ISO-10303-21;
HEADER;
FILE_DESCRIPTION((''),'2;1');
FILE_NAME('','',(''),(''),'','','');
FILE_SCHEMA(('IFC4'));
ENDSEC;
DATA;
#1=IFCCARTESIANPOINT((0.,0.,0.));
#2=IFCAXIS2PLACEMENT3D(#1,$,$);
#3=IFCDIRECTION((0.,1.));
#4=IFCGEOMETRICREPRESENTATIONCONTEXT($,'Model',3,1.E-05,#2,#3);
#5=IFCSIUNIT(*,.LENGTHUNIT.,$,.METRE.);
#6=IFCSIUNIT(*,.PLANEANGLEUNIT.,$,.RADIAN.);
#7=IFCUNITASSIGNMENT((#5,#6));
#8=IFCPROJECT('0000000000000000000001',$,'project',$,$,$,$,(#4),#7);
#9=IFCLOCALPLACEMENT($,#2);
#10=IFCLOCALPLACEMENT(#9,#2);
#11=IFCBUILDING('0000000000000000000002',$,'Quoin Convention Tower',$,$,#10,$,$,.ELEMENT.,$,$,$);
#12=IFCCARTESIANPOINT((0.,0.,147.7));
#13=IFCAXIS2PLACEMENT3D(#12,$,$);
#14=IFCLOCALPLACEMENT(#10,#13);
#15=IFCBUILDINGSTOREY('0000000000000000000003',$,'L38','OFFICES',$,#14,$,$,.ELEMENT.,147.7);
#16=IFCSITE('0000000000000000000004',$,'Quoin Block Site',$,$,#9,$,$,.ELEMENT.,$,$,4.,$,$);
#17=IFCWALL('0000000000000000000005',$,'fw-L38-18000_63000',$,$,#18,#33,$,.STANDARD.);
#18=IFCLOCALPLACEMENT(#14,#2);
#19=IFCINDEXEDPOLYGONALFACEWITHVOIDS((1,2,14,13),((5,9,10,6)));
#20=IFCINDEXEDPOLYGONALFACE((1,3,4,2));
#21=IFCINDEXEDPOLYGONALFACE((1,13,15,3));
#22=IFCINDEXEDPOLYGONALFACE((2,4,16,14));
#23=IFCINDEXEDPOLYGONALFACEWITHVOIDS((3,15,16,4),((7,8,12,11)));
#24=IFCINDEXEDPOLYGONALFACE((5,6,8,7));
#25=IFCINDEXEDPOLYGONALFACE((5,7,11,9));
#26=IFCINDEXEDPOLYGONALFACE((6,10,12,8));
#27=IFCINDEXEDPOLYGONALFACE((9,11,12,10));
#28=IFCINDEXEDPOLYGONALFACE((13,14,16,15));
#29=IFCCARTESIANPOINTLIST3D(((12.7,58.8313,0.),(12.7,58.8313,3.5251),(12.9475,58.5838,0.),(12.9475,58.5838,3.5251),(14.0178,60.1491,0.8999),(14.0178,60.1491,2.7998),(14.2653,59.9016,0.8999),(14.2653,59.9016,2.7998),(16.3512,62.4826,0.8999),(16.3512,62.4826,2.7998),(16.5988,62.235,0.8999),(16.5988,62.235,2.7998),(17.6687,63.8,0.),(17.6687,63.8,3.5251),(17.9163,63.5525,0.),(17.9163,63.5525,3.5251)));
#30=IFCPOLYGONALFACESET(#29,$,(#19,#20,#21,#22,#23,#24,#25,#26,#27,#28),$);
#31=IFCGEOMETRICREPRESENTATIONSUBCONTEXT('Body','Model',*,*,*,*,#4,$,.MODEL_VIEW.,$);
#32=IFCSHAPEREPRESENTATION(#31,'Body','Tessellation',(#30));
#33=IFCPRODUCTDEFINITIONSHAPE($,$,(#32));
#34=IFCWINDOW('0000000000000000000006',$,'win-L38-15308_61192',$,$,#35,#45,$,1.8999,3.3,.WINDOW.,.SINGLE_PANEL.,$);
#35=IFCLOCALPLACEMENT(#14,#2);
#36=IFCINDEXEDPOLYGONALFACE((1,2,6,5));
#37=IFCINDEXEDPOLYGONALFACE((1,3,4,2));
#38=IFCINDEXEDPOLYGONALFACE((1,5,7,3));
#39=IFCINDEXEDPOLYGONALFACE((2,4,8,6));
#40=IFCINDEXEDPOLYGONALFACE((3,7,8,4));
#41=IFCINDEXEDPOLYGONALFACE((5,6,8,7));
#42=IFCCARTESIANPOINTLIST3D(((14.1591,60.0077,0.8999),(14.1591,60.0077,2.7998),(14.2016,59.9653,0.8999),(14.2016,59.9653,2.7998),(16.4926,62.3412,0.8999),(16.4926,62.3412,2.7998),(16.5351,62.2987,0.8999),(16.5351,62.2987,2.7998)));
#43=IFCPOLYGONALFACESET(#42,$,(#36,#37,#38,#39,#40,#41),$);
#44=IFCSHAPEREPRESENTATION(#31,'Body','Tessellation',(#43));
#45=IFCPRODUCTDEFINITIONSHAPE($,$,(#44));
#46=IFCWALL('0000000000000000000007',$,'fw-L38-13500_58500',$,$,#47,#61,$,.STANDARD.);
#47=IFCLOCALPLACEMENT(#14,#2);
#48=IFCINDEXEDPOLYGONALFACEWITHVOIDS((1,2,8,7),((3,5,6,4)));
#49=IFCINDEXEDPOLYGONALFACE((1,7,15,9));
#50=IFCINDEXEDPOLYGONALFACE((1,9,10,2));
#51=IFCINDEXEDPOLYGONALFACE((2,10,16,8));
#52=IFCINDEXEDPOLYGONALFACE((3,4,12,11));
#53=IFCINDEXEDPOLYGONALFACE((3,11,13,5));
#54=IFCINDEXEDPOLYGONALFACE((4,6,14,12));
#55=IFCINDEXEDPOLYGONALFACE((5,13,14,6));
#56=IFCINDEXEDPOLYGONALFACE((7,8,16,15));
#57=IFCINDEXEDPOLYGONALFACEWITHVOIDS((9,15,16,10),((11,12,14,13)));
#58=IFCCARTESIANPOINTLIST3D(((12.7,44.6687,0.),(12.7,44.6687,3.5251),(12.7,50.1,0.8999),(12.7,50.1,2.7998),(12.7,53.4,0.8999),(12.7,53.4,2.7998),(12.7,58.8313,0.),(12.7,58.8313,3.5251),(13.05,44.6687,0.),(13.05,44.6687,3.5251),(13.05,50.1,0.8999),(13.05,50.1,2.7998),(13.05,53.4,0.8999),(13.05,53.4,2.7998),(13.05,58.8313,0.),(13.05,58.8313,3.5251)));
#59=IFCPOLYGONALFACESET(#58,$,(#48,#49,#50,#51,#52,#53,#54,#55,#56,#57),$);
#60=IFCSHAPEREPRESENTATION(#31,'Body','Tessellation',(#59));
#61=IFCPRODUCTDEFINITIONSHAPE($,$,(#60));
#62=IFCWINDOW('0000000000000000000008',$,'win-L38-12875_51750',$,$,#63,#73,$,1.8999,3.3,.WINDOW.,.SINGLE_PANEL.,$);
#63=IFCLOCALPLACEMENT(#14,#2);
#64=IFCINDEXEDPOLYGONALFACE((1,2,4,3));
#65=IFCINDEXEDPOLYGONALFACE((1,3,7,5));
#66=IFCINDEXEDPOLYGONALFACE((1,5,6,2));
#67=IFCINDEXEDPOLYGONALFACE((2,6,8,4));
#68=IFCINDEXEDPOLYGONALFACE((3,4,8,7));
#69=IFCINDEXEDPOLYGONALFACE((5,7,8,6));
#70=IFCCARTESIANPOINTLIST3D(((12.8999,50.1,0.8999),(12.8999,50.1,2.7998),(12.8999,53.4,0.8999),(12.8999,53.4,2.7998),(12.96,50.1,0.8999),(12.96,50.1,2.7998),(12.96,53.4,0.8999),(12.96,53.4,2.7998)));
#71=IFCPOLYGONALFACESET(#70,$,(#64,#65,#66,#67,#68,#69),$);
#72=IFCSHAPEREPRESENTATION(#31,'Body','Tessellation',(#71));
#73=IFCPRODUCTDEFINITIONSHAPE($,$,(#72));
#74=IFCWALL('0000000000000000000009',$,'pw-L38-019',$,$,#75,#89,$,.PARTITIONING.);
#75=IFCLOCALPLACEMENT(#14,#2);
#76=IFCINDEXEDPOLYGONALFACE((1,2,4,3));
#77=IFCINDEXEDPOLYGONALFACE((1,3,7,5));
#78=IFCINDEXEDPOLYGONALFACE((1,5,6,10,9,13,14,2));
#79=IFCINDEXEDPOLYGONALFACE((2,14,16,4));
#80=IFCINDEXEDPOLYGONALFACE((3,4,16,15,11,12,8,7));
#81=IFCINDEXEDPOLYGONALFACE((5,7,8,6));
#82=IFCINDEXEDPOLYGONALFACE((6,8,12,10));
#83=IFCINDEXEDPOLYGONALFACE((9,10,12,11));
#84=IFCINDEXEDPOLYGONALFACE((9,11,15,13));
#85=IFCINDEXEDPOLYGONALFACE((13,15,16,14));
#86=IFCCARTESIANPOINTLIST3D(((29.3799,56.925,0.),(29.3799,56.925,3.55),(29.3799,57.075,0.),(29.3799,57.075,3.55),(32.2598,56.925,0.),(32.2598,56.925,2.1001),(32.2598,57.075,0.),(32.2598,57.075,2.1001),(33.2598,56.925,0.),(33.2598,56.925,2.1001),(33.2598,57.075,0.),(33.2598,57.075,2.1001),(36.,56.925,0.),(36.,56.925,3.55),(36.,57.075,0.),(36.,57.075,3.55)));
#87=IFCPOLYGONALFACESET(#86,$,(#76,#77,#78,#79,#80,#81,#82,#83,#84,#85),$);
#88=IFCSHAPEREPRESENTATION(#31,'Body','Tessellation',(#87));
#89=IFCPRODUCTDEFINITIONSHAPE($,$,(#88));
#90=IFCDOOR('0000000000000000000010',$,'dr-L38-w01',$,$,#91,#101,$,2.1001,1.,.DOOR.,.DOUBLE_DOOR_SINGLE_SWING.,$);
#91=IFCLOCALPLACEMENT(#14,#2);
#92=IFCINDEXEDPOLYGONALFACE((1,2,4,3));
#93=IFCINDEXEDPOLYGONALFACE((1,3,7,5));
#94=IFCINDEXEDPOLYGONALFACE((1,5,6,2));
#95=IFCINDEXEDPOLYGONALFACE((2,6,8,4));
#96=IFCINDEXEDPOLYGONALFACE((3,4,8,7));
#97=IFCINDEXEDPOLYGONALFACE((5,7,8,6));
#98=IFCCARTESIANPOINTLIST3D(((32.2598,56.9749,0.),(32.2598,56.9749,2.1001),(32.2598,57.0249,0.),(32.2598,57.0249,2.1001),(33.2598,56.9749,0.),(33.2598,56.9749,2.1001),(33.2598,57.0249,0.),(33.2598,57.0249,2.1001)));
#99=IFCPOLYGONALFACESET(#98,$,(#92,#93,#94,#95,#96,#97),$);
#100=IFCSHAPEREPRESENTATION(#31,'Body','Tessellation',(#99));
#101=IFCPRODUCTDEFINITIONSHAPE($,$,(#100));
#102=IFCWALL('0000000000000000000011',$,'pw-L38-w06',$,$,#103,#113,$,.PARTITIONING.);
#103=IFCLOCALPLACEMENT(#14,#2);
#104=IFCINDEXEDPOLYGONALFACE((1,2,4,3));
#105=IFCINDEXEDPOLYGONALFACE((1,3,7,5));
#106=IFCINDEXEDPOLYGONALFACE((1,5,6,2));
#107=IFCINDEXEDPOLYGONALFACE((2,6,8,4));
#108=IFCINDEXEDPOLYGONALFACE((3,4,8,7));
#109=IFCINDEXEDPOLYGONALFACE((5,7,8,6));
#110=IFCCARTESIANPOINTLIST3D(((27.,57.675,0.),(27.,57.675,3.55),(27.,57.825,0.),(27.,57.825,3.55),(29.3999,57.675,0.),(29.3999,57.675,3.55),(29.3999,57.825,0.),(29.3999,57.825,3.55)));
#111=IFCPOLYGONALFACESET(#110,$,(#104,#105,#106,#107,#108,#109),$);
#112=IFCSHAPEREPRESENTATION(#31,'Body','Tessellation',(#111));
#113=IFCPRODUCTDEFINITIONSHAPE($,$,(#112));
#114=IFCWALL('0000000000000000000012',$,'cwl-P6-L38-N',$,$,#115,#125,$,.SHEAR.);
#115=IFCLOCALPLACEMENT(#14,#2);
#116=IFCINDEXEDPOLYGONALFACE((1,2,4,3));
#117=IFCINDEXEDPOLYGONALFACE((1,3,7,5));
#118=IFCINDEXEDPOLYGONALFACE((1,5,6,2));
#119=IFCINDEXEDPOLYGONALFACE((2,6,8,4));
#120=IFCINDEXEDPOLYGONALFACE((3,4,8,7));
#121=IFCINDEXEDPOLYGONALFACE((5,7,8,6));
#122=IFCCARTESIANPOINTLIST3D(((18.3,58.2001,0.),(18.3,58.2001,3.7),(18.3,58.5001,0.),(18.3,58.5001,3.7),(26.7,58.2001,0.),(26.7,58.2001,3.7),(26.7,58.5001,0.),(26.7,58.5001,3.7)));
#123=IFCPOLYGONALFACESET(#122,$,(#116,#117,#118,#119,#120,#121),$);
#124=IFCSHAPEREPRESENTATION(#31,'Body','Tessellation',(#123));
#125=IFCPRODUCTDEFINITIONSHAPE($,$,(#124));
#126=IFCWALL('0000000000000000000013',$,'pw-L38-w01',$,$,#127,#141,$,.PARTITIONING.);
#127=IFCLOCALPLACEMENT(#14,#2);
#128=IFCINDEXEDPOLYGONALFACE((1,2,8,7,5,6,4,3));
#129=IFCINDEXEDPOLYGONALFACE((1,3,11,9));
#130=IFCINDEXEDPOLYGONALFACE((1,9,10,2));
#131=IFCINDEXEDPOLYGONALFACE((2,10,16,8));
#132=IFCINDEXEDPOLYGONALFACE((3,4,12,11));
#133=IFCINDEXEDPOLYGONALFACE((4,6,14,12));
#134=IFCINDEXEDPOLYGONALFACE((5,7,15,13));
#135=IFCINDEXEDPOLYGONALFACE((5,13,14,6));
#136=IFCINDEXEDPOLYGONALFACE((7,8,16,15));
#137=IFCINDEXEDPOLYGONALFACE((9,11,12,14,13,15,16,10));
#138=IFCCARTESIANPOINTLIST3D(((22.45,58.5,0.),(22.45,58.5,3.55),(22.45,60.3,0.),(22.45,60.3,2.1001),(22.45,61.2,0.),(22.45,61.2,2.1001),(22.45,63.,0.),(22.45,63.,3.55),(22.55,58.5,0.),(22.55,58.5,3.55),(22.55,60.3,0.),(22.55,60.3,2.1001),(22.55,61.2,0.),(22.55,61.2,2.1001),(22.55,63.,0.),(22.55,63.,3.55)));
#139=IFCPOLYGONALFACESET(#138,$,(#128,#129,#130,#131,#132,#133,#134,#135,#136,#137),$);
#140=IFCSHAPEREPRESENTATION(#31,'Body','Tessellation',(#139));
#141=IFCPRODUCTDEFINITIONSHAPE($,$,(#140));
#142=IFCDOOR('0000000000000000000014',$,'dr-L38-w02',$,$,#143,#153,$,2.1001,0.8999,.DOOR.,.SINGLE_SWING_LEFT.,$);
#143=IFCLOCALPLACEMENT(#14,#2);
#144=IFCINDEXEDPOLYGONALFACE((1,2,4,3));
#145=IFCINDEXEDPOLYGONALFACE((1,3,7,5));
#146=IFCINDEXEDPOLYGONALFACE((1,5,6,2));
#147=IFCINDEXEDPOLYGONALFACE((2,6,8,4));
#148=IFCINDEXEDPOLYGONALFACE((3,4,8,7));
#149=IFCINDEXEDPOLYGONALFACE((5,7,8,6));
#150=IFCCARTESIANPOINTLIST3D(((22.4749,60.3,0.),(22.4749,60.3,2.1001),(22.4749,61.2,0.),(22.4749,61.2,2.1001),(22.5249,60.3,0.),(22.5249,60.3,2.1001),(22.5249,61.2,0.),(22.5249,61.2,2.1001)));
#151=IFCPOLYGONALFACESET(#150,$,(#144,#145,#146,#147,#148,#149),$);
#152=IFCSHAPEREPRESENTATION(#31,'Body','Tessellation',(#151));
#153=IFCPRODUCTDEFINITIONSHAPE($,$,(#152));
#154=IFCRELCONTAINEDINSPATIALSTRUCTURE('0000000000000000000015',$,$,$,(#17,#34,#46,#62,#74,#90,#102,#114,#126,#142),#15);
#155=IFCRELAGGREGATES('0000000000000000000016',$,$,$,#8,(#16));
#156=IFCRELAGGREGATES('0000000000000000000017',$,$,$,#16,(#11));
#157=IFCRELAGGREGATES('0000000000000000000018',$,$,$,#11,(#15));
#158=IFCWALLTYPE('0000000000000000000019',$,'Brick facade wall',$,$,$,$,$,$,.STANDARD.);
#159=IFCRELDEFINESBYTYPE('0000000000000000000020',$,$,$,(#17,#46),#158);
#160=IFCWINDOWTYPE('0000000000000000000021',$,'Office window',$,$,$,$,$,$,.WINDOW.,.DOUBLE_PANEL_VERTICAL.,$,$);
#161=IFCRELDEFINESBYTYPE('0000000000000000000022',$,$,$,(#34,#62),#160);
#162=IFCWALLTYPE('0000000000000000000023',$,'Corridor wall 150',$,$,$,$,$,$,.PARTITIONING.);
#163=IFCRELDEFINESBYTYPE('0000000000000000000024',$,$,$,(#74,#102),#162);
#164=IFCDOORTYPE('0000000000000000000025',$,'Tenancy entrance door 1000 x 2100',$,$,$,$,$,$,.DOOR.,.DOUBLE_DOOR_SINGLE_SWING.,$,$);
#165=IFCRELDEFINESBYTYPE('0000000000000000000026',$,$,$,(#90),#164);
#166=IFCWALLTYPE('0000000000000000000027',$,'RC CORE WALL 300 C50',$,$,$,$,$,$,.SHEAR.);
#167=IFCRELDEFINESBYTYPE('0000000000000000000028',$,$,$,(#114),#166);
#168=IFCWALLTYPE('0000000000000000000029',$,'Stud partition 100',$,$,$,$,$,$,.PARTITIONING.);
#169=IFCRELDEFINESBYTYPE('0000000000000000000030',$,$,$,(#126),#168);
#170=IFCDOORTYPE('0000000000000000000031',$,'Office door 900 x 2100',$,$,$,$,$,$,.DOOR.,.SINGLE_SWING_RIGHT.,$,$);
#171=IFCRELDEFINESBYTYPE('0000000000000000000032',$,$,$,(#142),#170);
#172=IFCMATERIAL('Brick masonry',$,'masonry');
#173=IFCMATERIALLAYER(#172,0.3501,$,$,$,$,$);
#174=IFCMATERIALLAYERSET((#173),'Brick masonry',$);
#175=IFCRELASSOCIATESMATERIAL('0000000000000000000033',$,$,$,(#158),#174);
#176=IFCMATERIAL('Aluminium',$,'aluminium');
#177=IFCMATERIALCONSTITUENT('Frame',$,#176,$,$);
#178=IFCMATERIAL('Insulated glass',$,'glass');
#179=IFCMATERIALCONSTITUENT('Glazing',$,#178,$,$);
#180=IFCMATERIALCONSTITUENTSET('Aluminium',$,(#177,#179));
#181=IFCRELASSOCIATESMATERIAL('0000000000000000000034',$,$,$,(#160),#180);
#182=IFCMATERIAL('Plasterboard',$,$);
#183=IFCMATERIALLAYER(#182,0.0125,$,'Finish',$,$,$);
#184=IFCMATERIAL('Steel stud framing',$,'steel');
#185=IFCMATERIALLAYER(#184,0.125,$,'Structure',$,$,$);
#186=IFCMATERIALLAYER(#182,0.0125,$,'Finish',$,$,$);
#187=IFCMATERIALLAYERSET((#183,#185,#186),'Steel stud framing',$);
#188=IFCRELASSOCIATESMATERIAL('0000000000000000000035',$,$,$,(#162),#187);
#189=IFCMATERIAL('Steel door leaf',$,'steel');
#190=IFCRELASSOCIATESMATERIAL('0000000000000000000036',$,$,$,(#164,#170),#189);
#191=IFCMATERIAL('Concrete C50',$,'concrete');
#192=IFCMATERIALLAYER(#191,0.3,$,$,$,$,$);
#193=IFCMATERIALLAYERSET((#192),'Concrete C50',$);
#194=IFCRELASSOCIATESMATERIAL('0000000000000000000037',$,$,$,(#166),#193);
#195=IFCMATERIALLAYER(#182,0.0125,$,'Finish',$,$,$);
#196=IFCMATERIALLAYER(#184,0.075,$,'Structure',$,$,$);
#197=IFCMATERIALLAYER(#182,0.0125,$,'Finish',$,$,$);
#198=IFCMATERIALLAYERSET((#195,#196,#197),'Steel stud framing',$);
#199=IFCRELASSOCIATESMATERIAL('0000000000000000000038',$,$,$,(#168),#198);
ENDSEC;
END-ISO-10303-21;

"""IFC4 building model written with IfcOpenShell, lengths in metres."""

from ifc_helpers import new_model, si_unit, direction, frame, frame_2d, origin, place, context, subcontext, project, spatial, rectangle, extrude, material, layer, layer_set, constituent, constituent_set, type_object, element, fill, save


model = new_model("IFC4")

# Units and contexts
model_context = context("Model", 3, precision=1e-05, world=origin(), true_north=direction((0.0, 1.0)))
body_context = subcontext(model_context, "Body", "Model", "MODEL_VIEW")
ifc_project = project(units=[si_unit("LENGTHUNIT", "METRE"), si_unit("PLANEANGLEUNIT", "RADIAN")], contexts=[model_context])

# Site, building, storey
site_placement = place(None, origin())
site = spatial("IfcSite", under=ifc_project, at=site_placement, Name="Quoin Block Site", CompositionType="ELEMENT", RefElevation=4.0)
building_placement = place(site_placement, origin())
building = spatial("IfcBuilding", under=site, at=building_placement, Name="Quoin Convention Tower", CompositionType="ELEMENT")
storey_placement = place(building_placement, frame((0.0, 0.0, 147.7)))
storey = spatial("IfcBuildingStorey", under=building, at=storey_placement, Name="L38", Description="OFFICES", CompositionType="ELEMENT", Elevation=147.7)

# Shared definitions
ifc_material_1 = material(Name="Concrete C50", Category="concrete")

# Walls, openings, windows
ifc_material_2 = material(Name="Brick masonry", Category="masonry")
ifc_layer_1 = layer(ifc_material_2, 0.3501)
ifc_layer_set_1 = layer_set([ifc_layer_1], Name="Brick masonry")
wall_type_1 = type_object("IfcWallType", Name="Brick facade wall", PredefinedType="STANDARD", material=ifc_layer_set_1)
ifc_material_3 = material(Name="Aluminium", Category="aluminium")
ifc_constituent_1 = constituent(ifc_material_3, Name="Frame")
ifc_material_4 = material(Name="Insulated glass", Category="glass")
ifc_constituent_2 = constituent(ifc_material_4, Name="Glazing")
ifc_constituent_set = constituent_set(constituents=[ifc_constituent_1, ifc_constituent_2], Name="Aluminium")
window_type = type_object("IfcWindowType", Name="Office window", PartitioningType="DOUBLE_PANEL_VERTICAL", PredefinedType="WINDOW", material=ifc_constituent_set)
wall_1_placement = place(storey_placement, frame((17.7925, 63.6763, 0.0), z_axis=(0.0, 0.0, 1.0), x_axis=(-0.707107, -0.707107, 0.0)))
wall_1 = element("IfcWall", 1, at=wall_1_placement, inside=storey, type_object=wall_type_1, Name="fw-L38-18000_63000", PredefinedType="STANDARD", context=body_context, shape_type="SweptSolid", body=[
    extrude(rectangle(XDim=7.0269, YDim=0.3501, at=frame_2d((3.5134, 0.0))), origin(), (0.0, 0.0, 1.0), 3.5251),
])
opening_1_placement = place(wall_1_placement, frame((1.8633, 0.0, 0.8999)))
opening_1 = element("IfcOpeningElement", 2, at=opening_1_placement, cuts=wall_1, PredefinedType="OPENING", context=body_context, shape_type="SweptSolid", body=[
    extrude(rectangle(XDim=3.3, YDim=1.8999, at=frame_2d((1.6499, 0.95))), frame((0.0, 0.1851, 0.0), z_axis=(0.0, -1.0, 0.0), x_axis=(1.0, 0.0, 0.0)), (0.0, 0.0, 1.0), 0.3701),
])
window_1_placement = place(opening_1_placement, origin())
window_1 = element("IfcWindow", 3, at=window_1_placement, inside=storey, type_object=window_type, Name="win-L38-15308_61192", OverallHeight=1.8999, OverallWidth=3.3, PartitioningType="SINGLE_PANEL", PredefinedType="WINDOW", context=body_context, shape_type="SweptSolid", body=[
    extrude(rectangle(XDim=3.3, YDim=1.8999, at=frame_2d((1.6499, 0.95))), frame((0.0, 0.085, 0.0), z_axis=(0.0, -1.0, 0.0), x_axis=(1.0, 0.0, 0.0)), (0.0, 0.0, 1.0), 0.0601),
])
fill(opening_1, window_1)
wall_2_placement = place(storey_placement, frame((12.875, 58.8313, 0.0), z_axis=(0.0, 0.0, 1.0), x_axis=(0.0, -1.0, 0.0)))
wall_2 = element("IfcWall", 4, at=wall_2_placement, inside=storey, type_object=wall_type_1, Name="fw-L38-13500_58500", PredefinedType="STANDARD", context=body_context, shape_type="SweptSolid", body=[
    extrude(rectangle(XDim=14.1626, YDim=0.3501, at=frame_2d((7.0813, 0.0))), origin(), (0.0, 0.0, 1.0), 3.5251),
])
opening_2_placement = place(wall_2_placement, frame((5.4314, 0.0, 0.8999)))
opening_2 = element("IfcOpeningElement", 5, at=opening_2_placement, cuts=wall_2, PredefinedType="OPENING", context=body_context, shape_type="SweptSolid", body=[
    extrude(rectangle(XDim=3.3, YDim=1.8999, at=frame_2d((1.6499, 0.95))), frame((0.0, 0.1851, 0.0), z_axis=(0.0, -1.0, 0.0), x_axis=(1.0, 0.0, 0.0)), (0.0, 0.0, 1.0), 0.3701),
])
window_2_placement = place(opening_2_placement, origin())
window_2 = element("IfcWindow", 6, at=window_2_placement, inside=storey, type_object=window_type, Name="win-L38-12875_51750", OverallHeight=1.8999, OverallWidth=3.3, PartitioningType="SINGLE_PANEL", PredefinedType="WINDOW", context=body_context, shape_type="SweptSolid", body=[
    extrude(rectangle(XDim=3.3, YDim=1.8999, at=frame_2d((1.6499, 0.95))), frame((0.0, 0.085, 0.0), z_axis=(0.0, -1.0, 0.0), x_axis=(1.0, 0.0, 0.0)), (0.0, 0.0, 1.0), 0.0601),
])
fill(opening_2, window_2)

# Wall, opening, door
ifc_material_5 = material(Name="Plasterboard")
ifc_layer_2 = layer(ifc_material_5, 0.0125, Name="Finish")
ifc_material_6 = material(Name="Steel stud framing", Category="steel")
ifc_layer_3 = layer(ifc_material_6, 0.125, Name="Structure")
ifc_layer_4 = layer(ifc_material_5, 0.0125, Name="Finish")
ifc_layer_set_2 = layer_set([ifc_layer_2, ifc_layer_3, ifc_layer_4], Name="Steel stud framing")
wall_type_2 = type_object("IfcWallType", Name="Corridor wall 150", PredefinedType="PARTITIONING", material=ifc_layer_set_2)
wall_3_placement = place(storey_placement, frame((29.3799, 57.0, 0.0), z_axis=(0.0, 0.0, 1.0), x_axis=(1.0, 0.0, 0.0)))
wall_3 = element("IfcWall", 7, at=wall_3_placement, inside=storey, type_object=wall_type_2, Name="pw-L38-019", PredefinedType="PARTITIONING", context=body_context, shape_type="SweptSolid", body=[
    extrude(rectangle(XDim=6.6201, YDim=0.1499, at=frame_2d((3.3101, 0.0))), origin(), (0.0, 0.0, 1.0), 3.55),
])
opening_3_placement = place(wall_3_placement, frame((2.8799, 0.0, 0.0)))
opening_3 = element("IfcOpeningElement", 8, at=opening_3_placement, cuts=wall_3, PredefinedType="OPENING", context=body_context, shape_type="SweptSolid", body=[
    extrude(rectangle(XDim=1.0, YDim=2.1001, at=frame_2d((0.5, 1.05))), frame((0.0, 0.085, 0.0), z_axis=(0.0, -1.0, 0.0), x_axis=(1.0, 0.0, 0.0)), (0.0, 0.0, 1.0), 0.1699),
])
ifc_material_7 = material(Name="Steel door leaf", Category="steel")
door_type_1 = type_object("IfcDoorType", Name="Tenancy entrance door 1000 x 2100", OperationType="DOUBLE_DOOR_SINGLE_SWING", PredefinedType="DOOR", material=ifc_material_7)
door_1_placement = place(opening_3_placement, origin())
door_1 = element("IfcDoor", 9, at=door_1_placement, inside=storey, type_object=door_type_1, Name="dr-L38-w01", OperationType="DOUBLE_DOOR_SINGLE_SWING", OverallHeight=2.1001, OverallWidth=1.0, PredefinedType="DOOR", context=body_context, shape_type="SweptSolid", body=[
    extrude(rectangle(XDim=1.0, YDim=2.1001, at=frame_2d((0.5, 1.05))), frame((0.0, 0.0249, 0.0), z_axis=(0.0, -1.0, 0.0), x_axis=(1.0, 0.0, 0.0)), (0.0, 0.0, 1.0), 0.05),
])
fill(opening_3, door_1)

# Walls
wall_4_placement = place(storey_placement, frame((27.0, 57.75, 0.0), z_axis=(0.0, 0.0, 1.0), x_axis=(1.0, 0.0, 0.0)))
element("IfcWall", 10, at=wall_4_placement, inside=storey, type_object=wall_type_2, Name="pw-L38-w06", PredefinedType="PARTITIONING", context=body_context, shape_type="SweptSolid", body=[
    extrude(rectangle(XDim=2.3999, YDim=0.1499, at=frame_2d((1.2, 0.0))), origin(), (0.0, 0.0, 1.0), 3.55),
])
ifc_layer_5 = layer(ifc_material_1, 0.3)
ifc_layer_set_3 = layer_set([ifc_layer_5], Name="Concrete C50")
wall_type_3 = type_object("IfcWallType", Name="RC CORE WALL 300 C50", PredefinedType="SHEAR", material=ifc_layer_set_3)
wall_5_placement = place(storey_placement, frame((18.3, 58.3501, 0.0), z_axis=(0.0, 0.0, 1.0), x_axis=(1.0, 0.0, 0.0)))
element("IfcWall", 11, at=wall_5_placement, inside=storey, type_object=wall_type_3, Name="cwl-P6-L38-N", PredefinedType="SHEAR", context=body_context, shape_type="SweptSolid", body=[
    extrude(rectangle(XDim=8.3999, YDim=0.3, at=frame_2d((4.2, 0.0))), origin(), (0.0, 0.0, 1.0), 3.7),
])

# Wall, opening, door
ifc_layer_6 = layer(ifc_material_5, 0.0125, Name="Finish")
ifc_layer_7 = layer(ifc_material_6, 0.075, Name="Structure")
ifc_layer_8 = layer(ifc_material_5, 0.0125, Name="Finish")
ifc_layer_set_4 = layer_set([ifc_layer_6, ifc_layer_7, ifc_layer_8], Name="Steel stud framing")
wall_type_4 = type_object("IfcWallType", Name="Stud partition 100", PredefinedType="PARTITIONING", material=ifc_layer_set_4)
wall_6_placement = place(storey_placement, frame((22.5, 63.0, 0.0), z_axis=(0.0, 0.0, 1.0), x_axis=(0.0, -1.0, 0.0)))
wall_6 = element("IfcWall", 12, at=wall_6_placement, inside=storey, type_object=wall_type_4, Name="pw-L38-w01", PredefinedType="PARTITIONING", context=body_context, shape_type="SweptSolid", body=[
    extrude(rectangle(XDim=4.5, YDim=0.1001, at=frame_2d((2.25, 0.0))), origin(), (0.0, 0.0, 1.0), 3.55),
])
opening_4_placement = place(wall_6_placement, frame((1.8, 0.0, 0.0)))
opening_4 = element("IfcOpeningElement", 13, at=opening_4_placement, cuts=wall_6, PredefinedType="OPENING", context=body_context, shape_type="SweptSolid", body=[
    extrude(rectangle(XDim=0.8999, YDim=2.1001, at=frame_2d((0.45, 1.05))), frame((0.0, 0.0601, 0.0), z_axis=(0.0, -1.0, 0.0), x_axis=(1.0, 0.0, 0.0)), (0.0, 0.0, 1.0), 0.1201),
])
door_type_2 = type_object("IfcDoorType", Name="Office door 900 x 2100", OperationType="SINGLE_SWING_RIGHT", PredefinedType="DOOR", material=ifc_material_7)
door_2_placement = place(opening_4_placement, origin())
door_2 = element("IfcDoor", 14, at=door_2_placement, inside=storey, type_object=door_type_2, Name="dr-L38-w02", OperationType="SINGLE_SWING_LEFT", OverallHeight=2.1001, OverallWidth=0.8999, PredefinedType="DOOR", context=body_context, shape_type="SweptSolid", body=[
    extrude(rectangle(XDim=0.8999, YDim=2.1001, at=frame_2d((0.45, 1.05))), frame((0.0, 0.0249, 0.0), z_axis=(0.0, -1.0, 0.0), x_axis=(1.0, 0.0, 0.0)), (0.0, 0.0, 1.0), 0.05),
])
fill(opening_4, door_2)

save(model, "model.ifc")
